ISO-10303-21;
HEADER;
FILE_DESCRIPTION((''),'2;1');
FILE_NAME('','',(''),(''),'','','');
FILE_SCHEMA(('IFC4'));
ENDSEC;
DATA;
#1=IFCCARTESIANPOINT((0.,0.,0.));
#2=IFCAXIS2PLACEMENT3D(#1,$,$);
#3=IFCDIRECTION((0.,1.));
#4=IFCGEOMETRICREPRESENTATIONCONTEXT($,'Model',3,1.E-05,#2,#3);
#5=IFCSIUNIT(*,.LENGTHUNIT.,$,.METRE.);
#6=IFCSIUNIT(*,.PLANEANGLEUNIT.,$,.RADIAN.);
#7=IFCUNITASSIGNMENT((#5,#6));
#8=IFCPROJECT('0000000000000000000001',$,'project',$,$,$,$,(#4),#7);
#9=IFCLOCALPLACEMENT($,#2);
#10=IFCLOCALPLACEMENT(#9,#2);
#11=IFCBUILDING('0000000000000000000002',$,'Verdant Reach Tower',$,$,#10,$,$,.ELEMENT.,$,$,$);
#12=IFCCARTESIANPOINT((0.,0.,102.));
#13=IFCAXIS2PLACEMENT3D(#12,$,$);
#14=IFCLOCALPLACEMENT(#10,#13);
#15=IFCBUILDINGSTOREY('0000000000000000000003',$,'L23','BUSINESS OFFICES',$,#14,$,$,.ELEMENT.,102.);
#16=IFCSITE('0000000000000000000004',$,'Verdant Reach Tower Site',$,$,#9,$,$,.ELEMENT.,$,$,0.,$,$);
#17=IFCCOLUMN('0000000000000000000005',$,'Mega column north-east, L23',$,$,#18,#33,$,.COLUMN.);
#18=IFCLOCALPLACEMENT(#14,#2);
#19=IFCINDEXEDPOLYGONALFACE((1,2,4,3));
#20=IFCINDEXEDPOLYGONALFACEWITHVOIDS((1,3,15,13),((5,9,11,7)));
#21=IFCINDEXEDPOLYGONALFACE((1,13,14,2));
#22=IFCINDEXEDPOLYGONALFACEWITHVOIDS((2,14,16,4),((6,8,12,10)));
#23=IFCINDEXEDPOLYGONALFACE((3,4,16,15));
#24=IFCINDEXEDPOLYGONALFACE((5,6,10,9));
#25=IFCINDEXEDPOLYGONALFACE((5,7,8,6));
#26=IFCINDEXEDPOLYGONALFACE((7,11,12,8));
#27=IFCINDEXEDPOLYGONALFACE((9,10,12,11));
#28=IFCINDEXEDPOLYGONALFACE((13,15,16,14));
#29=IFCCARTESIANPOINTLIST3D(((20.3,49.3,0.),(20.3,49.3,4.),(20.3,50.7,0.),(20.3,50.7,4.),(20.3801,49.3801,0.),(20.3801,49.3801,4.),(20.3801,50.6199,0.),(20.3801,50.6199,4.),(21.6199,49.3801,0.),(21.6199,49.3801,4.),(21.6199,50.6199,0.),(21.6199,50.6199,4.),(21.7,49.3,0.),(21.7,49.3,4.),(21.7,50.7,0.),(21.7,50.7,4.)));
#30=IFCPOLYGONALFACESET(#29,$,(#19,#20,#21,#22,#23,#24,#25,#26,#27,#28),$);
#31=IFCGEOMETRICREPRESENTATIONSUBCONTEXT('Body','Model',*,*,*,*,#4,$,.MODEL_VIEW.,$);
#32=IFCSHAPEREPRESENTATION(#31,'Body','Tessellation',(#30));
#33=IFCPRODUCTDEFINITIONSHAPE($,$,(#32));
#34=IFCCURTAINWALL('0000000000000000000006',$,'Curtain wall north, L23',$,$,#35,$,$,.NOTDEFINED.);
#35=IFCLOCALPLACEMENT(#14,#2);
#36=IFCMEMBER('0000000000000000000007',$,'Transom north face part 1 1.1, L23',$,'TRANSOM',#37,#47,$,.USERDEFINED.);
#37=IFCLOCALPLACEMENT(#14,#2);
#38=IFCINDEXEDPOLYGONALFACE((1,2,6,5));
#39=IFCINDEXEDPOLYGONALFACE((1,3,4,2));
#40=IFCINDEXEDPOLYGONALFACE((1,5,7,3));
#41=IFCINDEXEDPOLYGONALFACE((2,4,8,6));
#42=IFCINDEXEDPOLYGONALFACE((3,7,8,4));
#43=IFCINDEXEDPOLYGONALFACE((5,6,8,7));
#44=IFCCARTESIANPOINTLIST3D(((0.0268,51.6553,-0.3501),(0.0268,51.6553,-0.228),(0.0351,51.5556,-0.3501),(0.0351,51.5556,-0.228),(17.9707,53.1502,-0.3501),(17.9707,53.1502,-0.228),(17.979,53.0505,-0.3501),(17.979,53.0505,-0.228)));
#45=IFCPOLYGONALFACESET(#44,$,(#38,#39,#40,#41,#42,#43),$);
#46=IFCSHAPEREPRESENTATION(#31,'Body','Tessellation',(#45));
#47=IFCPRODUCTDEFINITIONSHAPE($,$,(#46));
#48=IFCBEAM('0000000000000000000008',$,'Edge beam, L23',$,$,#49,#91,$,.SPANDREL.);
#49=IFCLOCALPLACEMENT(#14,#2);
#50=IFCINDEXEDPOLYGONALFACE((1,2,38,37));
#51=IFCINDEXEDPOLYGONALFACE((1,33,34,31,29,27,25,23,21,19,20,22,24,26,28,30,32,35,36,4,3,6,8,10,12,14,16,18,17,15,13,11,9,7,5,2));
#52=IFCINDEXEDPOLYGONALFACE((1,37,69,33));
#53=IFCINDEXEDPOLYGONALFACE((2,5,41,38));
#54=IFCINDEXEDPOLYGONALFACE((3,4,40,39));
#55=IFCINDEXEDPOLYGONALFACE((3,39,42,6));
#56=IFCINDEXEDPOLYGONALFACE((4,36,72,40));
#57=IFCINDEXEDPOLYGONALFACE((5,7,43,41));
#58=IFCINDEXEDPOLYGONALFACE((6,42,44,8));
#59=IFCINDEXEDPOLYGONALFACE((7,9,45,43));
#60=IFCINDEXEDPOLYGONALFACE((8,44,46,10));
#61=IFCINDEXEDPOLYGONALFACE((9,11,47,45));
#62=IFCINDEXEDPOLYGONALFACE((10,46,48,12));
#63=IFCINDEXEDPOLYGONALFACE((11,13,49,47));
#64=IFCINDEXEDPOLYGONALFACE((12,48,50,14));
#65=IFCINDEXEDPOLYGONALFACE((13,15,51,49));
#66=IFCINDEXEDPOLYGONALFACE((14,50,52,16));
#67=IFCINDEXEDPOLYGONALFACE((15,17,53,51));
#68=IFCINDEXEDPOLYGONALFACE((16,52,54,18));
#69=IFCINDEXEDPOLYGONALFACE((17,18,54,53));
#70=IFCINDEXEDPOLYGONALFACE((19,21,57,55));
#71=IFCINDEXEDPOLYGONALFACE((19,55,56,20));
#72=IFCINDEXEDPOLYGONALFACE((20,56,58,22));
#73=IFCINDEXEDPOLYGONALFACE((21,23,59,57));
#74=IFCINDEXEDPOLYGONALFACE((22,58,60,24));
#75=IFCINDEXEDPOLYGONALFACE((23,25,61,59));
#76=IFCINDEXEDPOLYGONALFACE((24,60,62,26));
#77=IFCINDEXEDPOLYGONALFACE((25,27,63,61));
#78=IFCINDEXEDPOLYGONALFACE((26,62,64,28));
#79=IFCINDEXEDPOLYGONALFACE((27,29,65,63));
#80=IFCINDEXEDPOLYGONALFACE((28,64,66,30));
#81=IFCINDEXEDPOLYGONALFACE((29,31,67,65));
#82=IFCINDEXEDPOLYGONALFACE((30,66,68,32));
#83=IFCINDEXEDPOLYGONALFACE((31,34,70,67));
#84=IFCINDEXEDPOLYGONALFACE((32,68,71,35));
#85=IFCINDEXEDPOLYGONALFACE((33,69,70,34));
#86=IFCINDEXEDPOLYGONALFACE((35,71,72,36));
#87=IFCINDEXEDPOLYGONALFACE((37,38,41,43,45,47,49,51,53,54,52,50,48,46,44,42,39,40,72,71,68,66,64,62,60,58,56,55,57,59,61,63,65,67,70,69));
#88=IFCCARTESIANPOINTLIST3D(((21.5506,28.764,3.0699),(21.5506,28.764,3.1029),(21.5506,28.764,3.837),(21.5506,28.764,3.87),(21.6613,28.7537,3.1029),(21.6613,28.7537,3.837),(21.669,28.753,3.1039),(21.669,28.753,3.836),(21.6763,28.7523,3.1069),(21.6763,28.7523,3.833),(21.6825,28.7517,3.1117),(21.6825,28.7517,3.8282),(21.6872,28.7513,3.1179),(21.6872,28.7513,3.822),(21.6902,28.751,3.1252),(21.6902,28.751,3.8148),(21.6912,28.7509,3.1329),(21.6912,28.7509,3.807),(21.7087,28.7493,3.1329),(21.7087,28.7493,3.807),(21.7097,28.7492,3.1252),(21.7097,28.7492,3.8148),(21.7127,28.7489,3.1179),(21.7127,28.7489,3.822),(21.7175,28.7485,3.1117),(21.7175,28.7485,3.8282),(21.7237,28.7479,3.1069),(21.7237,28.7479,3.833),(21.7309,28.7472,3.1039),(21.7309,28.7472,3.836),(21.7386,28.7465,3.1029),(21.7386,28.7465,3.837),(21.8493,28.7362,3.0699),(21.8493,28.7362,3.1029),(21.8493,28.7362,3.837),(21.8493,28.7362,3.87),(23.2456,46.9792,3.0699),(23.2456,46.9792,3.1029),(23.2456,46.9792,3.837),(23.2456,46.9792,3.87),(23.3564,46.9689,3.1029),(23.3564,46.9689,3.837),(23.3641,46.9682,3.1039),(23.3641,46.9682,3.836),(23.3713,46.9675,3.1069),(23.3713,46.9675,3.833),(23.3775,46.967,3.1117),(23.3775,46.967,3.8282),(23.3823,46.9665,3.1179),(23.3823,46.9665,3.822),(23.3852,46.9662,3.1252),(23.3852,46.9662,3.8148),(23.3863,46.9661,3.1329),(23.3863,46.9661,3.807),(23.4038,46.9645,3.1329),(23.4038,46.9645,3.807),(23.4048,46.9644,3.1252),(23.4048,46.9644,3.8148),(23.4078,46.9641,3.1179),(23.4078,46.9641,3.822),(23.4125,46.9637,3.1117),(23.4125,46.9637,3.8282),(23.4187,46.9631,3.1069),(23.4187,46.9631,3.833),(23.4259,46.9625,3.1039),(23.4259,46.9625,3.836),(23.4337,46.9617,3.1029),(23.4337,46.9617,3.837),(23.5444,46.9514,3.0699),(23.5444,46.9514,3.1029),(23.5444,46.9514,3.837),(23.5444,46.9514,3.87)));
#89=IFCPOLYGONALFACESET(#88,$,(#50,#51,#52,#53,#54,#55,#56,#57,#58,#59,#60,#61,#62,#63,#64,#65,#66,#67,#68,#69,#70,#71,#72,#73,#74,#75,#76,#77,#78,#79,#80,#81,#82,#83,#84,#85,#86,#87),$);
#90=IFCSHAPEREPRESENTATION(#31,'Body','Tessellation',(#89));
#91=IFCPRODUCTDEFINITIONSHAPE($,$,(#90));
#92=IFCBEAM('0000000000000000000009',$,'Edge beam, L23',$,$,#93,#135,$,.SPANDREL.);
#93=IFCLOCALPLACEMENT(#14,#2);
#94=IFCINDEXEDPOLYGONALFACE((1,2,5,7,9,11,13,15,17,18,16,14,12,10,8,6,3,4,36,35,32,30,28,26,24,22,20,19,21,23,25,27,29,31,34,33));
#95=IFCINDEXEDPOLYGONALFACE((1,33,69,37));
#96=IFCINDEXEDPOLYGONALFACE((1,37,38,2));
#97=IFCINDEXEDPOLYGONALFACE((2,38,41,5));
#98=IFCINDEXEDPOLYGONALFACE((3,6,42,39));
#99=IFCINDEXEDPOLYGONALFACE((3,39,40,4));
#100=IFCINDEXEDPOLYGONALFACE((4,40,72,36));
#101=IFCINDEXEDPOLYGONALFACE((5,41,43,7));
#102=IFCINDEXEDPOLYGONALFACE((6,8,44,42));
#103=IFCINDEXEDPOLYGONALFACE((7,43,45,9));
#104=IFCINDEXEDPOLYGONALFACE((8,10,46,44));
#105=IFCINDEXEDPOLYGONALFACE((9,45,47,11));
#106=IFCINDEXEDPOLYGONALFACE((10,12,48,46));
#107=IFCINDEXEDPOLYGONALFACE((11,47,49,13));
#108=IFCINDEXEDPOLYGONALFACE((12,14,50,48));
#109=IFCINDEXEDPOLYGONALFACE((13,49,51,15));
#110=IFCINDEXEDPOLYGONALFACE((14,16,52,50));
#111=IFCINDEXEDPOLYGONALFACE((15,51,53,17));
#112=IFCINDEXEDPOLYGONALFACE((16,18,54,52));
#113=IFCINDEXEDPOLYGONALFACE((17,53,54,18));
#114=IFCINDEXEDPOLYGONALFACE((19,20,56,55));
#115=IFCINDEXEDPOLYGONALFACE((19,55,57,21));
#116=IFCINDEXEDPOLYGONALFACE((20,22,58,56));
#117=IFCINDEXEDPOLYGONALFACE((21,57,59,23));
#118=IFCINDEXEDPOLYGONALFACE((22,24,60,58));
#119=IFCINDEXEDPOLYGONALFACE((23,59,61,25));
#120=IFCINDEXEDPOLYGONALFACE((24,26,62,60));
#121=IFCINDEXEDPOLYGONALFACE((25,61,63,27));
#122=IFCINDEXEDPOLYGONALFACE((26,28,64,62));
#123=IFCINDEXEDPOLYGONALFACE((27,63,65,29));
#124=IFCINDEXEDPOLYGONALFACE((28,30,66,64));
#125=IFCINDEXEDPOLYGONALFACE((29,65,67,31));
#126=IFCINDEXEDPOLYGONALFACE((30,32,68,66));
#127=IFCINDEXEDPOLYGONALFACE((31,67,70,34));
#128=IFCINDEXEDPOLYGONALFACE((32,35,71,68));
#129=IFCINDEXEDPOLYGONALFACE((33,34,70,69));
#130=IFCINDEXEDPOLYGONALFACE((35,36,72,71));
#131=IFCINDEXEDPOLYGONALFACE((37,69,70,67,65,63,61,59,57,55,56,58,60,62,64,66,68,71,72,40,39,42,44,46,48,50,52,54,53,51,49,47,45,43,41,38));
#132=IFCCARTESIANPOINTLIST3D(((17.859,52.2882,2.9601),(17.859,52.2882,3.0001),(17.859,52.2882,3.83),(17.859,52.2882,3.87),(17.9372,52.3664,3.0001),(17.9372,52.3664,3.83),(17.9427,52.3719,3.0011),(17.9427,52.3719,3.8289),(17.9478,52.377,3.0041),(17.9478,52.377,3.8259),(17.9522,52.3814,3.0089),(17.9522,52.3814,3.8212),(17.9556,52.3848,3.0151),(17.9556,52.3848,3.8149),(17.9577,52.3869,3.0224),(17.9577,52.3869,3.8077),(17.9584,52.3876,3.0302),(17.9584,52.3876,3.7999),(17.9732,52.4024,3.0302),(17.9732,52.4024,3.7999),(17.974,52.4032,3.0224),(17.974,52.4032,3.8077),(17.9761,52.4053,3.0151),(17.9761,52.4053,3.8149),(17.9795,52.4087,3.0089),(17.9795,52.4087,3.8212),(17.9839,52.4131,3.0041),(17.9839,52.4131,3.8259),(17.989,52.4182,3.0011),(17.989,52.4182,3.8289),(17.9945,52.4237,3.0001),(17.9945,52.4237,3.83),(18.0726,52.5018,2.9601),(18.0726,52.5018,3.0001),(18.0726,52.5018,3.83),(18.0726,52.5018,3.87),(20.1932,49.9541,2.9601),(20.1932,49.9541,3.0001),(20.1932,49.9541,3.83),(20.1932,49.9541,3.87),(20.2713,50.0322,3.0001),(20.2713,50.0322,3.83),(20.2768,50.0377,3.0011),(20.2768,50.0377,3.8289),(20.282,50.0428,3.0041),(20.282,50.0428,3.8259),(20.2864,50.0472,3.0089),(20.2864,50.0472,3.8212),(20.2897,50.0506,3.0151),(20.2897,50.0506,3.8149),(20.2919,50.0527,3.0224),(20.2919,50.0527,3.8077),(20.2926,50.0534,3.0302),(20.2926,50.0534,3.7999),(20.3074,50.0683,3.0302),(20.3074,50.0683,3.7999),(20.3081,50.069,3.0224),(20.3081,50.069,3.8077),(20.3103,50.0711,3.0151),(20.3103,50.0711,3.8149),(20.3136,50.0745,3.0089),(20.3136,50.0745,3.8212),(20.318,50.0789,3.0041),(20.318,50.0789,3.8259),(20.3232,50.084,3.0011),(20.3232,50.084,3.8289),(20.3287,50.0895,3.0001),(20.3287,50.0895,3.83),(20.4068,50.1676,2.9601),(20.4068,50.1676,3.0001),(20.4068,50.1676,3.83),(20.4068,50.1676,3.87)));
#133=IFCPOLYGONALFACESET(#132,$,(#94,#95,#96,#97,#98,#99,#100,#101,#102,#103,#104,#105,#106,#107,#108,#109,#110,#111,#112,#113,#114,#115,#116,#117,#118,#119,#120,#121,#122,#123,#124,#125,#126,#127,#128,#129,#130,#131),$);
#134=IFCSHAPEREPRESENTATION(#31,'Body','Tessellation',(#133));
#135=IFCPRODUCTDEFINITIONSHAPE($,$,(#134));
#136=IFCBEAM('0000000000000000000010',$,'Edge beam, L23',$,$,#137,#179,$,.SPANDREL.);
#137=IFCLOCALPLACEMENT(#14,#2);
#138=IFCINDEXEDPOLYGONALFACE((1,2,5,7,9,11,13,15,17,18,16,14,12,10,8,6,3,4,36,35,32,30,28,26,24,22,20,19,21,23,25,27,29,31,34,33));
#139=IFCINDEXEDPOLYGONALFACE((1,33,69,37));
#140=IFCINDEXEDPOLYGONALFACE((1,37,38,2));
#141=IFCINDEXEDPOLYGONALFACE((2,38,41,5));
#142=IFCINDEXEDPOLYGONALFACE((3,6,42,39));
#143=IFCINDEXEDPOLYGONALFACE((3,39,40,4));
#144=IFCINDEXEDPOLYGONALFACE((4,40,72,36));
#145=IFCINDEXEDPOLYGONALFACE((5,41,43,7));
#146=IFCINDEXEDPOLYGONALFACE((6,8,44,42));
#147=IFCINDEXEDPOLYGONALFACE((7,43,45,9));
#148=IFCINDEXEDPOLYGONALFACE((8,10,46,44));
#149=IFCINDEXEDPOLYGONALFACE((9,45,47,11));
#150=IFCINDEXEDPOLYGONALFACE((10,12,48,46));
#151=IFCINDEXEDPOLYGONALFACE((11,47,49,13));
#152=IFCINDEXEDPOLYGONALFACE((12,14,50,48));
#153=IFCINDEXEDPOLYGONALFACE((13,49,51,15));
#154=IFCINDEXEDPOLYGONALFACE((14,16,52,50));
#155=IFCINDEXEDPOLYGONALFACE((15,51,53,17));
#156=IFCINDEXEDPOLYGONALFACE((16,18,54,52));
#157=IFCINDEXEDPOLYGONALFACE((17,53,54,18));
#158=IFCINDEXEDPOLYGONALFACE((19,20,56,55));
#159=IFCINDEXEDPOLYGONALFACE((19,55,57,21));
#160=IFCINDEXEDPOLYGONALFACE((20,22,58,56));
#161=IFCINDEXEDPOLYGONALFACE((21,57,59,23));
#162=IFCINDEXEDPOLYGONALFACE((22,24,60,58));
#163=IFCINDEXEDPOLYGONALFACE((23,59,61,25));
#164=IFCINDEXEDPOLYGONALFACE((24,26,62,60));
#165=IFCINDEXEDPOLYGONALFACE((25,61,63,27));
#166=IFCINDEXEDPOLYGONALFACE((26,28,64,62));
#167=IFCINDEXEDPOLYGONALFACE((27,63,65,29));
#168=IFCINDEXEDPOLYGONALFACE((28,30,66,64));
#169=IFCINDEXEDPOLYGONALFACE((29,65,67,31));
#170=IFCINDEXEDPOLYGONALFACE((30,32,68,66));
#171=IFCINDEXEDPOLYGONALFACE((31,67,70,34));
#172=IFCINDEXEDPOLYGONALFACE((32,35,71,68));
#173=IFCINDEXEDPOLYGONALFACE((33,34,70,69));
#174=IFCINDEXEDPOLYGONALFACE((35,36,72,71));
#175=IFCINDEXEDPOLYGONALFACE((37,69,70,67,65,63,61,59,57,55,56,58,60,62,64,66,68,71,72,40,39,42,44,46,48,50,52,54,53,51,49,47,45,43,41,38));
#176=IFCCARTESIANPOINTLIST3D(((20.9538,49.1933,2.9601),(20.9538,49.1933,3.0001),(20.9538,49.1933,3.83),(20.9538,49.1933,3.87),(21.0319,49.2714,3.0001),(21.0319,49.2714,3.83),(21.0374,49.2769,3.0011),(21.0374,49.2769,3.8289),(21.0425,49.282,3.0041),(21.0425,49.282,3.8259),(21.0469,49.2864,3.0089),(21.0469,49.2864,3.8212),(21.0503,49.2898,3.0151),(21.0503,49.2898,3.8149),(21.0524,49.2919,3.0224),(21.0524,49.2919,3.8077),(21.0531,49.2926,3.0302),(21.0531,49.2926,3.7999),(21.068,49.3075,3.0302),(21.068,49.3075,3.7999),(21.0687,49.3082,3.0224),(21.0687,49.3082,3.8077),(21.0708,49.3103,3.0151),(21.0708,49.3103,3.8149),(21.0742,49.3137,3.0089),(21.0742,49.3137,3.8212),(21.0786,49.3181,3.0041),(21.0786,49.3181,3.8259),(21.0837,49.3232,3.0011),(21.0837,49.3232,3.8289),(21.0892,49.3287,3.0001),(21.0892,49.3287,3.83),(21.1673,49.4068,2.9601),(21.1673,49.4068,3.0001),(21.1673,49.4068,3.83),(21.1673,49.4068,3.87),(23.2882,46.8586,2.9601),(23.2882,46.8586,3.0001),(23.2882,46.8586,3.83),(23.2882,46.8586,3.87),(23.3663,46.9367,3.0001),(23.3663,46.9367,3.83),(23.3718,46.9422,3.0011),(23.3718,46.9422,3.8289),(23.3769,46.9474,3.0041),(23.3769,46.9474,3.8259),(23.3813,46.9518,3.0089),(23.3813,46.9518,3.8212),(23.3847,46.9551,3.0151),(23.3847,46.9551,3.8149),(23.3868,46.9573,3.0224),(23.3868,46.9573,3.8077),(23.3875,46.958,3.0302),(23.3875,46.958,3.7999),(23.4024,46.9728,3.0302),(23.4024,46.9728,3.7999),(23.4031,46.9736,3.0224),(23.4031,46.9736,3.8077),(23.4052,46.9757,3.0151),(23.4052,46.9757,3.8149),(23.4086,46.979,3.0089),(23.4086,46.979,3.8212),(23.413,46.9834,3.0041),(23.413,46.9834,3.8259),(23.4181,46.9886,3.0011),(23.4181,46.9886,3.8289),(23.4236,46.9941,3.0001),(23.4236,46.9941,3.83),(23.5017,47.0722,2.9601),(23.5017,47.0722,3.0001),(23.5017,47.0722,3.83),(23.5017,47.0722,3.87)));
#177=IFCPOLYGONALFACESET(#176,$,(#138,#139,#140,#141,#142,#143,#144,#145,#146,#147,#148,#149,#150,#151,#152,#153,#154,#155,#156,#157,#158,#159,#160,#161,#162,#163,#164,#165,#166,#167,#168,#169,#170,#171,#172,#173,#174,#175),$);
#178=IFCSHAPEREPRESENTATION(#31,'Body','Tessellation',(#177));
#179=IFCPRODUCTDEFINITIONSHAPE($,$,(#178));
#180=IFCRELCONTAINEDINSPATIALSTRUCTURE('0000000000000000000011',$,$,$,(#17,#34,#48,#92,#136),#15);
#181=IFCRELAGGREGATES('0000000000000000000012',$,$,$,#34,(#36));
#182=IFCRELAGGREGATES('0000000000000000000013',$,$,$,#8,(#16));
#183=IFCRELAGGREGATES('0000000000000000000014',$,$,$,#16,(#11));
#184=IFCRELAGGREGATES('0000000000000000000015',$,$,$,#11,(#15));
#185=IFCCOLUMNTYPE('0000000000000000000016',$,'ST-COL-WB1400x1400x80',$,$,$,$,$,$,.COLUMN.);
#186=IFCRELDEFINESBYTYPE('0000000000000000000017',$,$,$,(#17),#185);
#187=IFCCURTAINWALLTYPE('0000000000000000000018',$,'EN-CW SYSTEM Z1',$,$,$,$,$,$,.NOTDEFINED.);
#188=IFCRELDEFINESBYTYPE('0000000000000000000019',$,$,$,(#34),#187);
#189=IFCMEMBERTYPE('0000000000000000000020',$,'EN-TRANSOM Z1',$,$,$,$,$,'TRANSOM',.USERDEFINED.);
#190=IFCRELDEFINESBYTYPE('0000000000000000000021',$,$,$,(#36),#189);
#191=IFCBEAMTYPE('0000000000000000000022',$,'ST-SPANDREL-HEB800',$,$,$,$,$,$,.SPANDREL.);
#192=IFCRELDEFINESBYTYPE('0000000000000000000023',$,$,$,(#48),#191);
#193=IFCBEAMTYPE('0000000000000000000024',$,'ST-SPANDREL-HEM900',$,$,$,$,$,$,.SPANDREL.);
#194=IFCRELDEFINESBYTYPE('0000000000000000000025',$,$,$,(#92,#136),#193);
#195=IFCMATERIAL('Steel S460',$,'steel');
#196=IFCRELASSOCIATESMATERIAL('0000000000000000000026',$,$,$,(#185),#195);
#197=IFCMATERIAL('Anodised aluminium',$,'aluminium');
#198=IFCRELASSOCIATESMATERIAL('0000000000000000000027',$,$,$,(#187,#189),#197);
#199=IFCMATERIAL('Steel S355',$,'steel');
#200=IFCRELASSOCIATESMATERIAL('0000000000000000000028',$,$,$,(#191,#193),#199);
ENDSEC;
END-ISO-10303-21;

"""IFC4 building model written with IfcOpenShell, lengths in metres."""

from ifc_helpers import new_model, si_unit, direction, frame, origin, origin_2d, place, context, subcontext, project, spatial, rectangle, hollow_rectangle, i_section, extrude, material, material_profile, profile_set, type_object, element, aggregate, save


model = new_model("IFC4")

# Units and contexts
model_context = context("Model", 3, precision=1e-05, world=origin(), true_north=direction((0.0, 1.0)))
body_context = subcontext(model_context, "Body", "Model", "MODEL_VIEW")
ifc_project = project(units=[si_unit("LENGTHUNIT", "METRE"), si_unit("PLANEANGLEUNIT", "RADIAN")], contexts=[model_context])

# Site, building, storey
site_placement = place(None, origin())
site = spatial("IfcSite", under=ifc_project, at=site_placement, Name="Verdant Reach Tower Site", CompositionType="ELEMENT", RefElevation=0.0)
building_placement = place(site_placement, origin())
building = spatial("IfcBuilding", under=site, at=building_placement, Name="Verdant Reach Tower", CompositionType="ELEMENT")
storey_placement = place(building_placement, frame((0.0, 0.0, 102.0)))
storey = spatial("IfcBuildingStorey", under=building, at=storey_placement, Name="L23", Description="BUSINESS OFFICES", CompositionType="ELEMENT", Elevation=102.0)

# Column
ifc_material_1 = material(Name="Steel S460", Category="steel")
ifc_material_profile_1 = material_profile(ifc_material_1, hollow_rectangle(XDim=1.3999, YDim=1.3999, WallThickness=0.0801, at=origin_2d()), Name="WB 1400x1400x80")
ifc_profile_set_1 = profile_set([ifc_material_profile_1], Name="Steel S460")
column_type = type_object("IfcColumnType", Name="ST-COL-WB1400x1400x80", PredefinedType="COLUMN", material=ifc_profile_set_1)
column_placement = place(storey_placement, frame((21.0, 50.0, 0.0), z_axis=(0.0, 0.0, 1.0), x_axis=(1.0, 0.0, 0.0)))
element("IfcColumn", 1, at=column_placement, inside=storey, type_object=column_type, Name="Mega column north-east, L23", PredefinedType="COLUMN", context=body_context, shape_type="SweptSolid", body=[
    extrude(hollow_rectangle(XDim=1.3999, YDim=1.3999, WallThickness=0.0801, at=origin_2d()), origin(), (0.0, 0.0, 1.0), 4.0),
])

# Curtain wall, member
ifc_material_2 = material(Name="Anodised aluminium", Category="aluminium")
curtain_wall_type = type_object("IfcCurtainWallType", Name="EN-CW SYSTEM Z1", PredefinedType="NOTDEFINED", material=ifc_material_2)
curtain_wall_1_placement = place(storey_placement, origin())
curtain_wall_1 = element("IfcCurtainWall", 2, at=curtain_wall_1_placement, inside=storey, type_object=curtain_wall_type, Name="Curtain wall north, L23", PredefinedType="NOTDEFINED")
ifc_material_profile_2 = material_profile(ifc_material_2, rectangle(XDim=0.1001, YDim=0.1221, at=origin_2d()), Name="Transom 122x100")
ifc_profile_set_2 = profile_set([ifc_material_profile_2], Name="Anodised aluminium")
member_type = type_object("IfcMemberType", Name="EN-TRANSOM Z1", ElementType="TRANSOM", PredefinedType="USERDEFINED", material=ifc_profile_set_2)
member_placement = place(storey_placement, frame((17.9749, 53.1003, -0.2891), z_axis=(-0.996548, -0.083021, 0.0), x_axis=(0.083021, -0.996548, 0.0)))
member = element("IfcMember", 3, at=member_placement, type_object=member_type, Name="Transom north face part 1 1.1, L23", ObjectType="TRANSOM", PredefinedType="USERDEFINED", context=body_context, shape_type="SweptSolid", body=[
    extrude(rectangle(XDim=0.1001, YDim=0.1221, at=origin_2d()), origin(), (0.0, 0.0, 1.0), 18.0061),
])

# Beams
ifc_material_3 = material(Name="Steel S355", Category="steel")
ifc_material_profile_3 = material_profile(ifc_material_3, i_section(OverallWidth=0.3, OverallDepth=0.8, WebThickness=0.0176, FlangeThickness=0.033, FilletRadius=0.03, at=origin_2d()), Name="HEB 800")
ifc_profile_set_3 = profile_set([ifc_material_profile_3], Name="Steel S355")
beam_type_1 = type_object("IfcBeamType", Name="ST-SPANDREL-HEB800", PredefinedType="SPANDREL", material=ifc_profile_set_3)
beam_1_placement = place(storey_placement, frame((23.395, 46.9653, 3.47), z_axis=(-0.092657, -0.995698, 0.0), x_axis=(0.995698, -0.092657, 0.0)))
element("IfcBeam", 4, at=beam_1_placement, inside=storey, type_object=beam_type_1, Name="Edge beam, L23", PredefinedType="SPANDREL", context=body_context, shape_type="SweptSolid", body=[
    extrude(i_section(OverallWidth=0.3, OverallDepth=0.8, WebThickness=0.0176, FlangeThickness=0.033, FilletRadius=0.03, at=origin_2d()), origin(), (0.0, 0.0, 1.0), 18.2939),
])
ifc_material_profile_4 = material_profile(ifc_material_3, i_section(OverallWidth=0.302, OverallDepth=0.9099, WebThickness=0.021, FlangeThickness=0.04, FilletRadius=0.03, at=origin_2d()), Name="HEM 900")
ifc_profile_set_4 = profile_set([ifc_material_profile_4], Name="Steel S355")
beam_type_2 = type_object("IfcBeamType", Name="ST-SPANDREL-HEM900", PredefinedType="SPANDREL", material=ifc_profile_set_4)
beam_2_placement = place(storey_placement, frame((17.9658, 52.395, 3.415), z_axis=(0.707107, -0.707107, 0.0), x_axis=(0.707107, 0.707107, 0.0)))
element("IfcBeam", 5, at=beam_2_placement, inside=storey, type_object=beam_type_2, Name="Edge beam, L23", PredefinedType="SPANDREL", context=body_context, shape_type="SweptSolid", body=[
    extrude(i_section(OverallWidth=0.302, OverallDepth=0.9099, WebThickness=0.021, FlangeThickness=0.04, FilletRadius=0.03, at=origin_2d()), origin(), (0.0, 0.0, 1.0), 3.301),
])
beam_3_placement = place(storey_placement, frame((21.0605, 49.3, 3.415), z_axis=(0.70707, -0.707144, 0.0), x_axis=(0.707144, 0.70707, 0.0)))
element("IfcBeam", 6, at=beam_3_placement, inside=storey, type_object=beam_type_2, Name="Edge beam, L23", PredefinedType="SPANDREL", context=body_context, shape_type="SweptSolid", body=[
    extrude(i_section(OverallWidth=0.302, OverallDepth=0.9099, WebThickness=0.021, FlangeThickness=0.04, FilletRadius=0.03, at=origin_2d()), origin(), (0.0, 0.0, 1.0), 3.3015),
])

aggregate(curtain_wall_1, [member])

save(model, "model.ifc")
